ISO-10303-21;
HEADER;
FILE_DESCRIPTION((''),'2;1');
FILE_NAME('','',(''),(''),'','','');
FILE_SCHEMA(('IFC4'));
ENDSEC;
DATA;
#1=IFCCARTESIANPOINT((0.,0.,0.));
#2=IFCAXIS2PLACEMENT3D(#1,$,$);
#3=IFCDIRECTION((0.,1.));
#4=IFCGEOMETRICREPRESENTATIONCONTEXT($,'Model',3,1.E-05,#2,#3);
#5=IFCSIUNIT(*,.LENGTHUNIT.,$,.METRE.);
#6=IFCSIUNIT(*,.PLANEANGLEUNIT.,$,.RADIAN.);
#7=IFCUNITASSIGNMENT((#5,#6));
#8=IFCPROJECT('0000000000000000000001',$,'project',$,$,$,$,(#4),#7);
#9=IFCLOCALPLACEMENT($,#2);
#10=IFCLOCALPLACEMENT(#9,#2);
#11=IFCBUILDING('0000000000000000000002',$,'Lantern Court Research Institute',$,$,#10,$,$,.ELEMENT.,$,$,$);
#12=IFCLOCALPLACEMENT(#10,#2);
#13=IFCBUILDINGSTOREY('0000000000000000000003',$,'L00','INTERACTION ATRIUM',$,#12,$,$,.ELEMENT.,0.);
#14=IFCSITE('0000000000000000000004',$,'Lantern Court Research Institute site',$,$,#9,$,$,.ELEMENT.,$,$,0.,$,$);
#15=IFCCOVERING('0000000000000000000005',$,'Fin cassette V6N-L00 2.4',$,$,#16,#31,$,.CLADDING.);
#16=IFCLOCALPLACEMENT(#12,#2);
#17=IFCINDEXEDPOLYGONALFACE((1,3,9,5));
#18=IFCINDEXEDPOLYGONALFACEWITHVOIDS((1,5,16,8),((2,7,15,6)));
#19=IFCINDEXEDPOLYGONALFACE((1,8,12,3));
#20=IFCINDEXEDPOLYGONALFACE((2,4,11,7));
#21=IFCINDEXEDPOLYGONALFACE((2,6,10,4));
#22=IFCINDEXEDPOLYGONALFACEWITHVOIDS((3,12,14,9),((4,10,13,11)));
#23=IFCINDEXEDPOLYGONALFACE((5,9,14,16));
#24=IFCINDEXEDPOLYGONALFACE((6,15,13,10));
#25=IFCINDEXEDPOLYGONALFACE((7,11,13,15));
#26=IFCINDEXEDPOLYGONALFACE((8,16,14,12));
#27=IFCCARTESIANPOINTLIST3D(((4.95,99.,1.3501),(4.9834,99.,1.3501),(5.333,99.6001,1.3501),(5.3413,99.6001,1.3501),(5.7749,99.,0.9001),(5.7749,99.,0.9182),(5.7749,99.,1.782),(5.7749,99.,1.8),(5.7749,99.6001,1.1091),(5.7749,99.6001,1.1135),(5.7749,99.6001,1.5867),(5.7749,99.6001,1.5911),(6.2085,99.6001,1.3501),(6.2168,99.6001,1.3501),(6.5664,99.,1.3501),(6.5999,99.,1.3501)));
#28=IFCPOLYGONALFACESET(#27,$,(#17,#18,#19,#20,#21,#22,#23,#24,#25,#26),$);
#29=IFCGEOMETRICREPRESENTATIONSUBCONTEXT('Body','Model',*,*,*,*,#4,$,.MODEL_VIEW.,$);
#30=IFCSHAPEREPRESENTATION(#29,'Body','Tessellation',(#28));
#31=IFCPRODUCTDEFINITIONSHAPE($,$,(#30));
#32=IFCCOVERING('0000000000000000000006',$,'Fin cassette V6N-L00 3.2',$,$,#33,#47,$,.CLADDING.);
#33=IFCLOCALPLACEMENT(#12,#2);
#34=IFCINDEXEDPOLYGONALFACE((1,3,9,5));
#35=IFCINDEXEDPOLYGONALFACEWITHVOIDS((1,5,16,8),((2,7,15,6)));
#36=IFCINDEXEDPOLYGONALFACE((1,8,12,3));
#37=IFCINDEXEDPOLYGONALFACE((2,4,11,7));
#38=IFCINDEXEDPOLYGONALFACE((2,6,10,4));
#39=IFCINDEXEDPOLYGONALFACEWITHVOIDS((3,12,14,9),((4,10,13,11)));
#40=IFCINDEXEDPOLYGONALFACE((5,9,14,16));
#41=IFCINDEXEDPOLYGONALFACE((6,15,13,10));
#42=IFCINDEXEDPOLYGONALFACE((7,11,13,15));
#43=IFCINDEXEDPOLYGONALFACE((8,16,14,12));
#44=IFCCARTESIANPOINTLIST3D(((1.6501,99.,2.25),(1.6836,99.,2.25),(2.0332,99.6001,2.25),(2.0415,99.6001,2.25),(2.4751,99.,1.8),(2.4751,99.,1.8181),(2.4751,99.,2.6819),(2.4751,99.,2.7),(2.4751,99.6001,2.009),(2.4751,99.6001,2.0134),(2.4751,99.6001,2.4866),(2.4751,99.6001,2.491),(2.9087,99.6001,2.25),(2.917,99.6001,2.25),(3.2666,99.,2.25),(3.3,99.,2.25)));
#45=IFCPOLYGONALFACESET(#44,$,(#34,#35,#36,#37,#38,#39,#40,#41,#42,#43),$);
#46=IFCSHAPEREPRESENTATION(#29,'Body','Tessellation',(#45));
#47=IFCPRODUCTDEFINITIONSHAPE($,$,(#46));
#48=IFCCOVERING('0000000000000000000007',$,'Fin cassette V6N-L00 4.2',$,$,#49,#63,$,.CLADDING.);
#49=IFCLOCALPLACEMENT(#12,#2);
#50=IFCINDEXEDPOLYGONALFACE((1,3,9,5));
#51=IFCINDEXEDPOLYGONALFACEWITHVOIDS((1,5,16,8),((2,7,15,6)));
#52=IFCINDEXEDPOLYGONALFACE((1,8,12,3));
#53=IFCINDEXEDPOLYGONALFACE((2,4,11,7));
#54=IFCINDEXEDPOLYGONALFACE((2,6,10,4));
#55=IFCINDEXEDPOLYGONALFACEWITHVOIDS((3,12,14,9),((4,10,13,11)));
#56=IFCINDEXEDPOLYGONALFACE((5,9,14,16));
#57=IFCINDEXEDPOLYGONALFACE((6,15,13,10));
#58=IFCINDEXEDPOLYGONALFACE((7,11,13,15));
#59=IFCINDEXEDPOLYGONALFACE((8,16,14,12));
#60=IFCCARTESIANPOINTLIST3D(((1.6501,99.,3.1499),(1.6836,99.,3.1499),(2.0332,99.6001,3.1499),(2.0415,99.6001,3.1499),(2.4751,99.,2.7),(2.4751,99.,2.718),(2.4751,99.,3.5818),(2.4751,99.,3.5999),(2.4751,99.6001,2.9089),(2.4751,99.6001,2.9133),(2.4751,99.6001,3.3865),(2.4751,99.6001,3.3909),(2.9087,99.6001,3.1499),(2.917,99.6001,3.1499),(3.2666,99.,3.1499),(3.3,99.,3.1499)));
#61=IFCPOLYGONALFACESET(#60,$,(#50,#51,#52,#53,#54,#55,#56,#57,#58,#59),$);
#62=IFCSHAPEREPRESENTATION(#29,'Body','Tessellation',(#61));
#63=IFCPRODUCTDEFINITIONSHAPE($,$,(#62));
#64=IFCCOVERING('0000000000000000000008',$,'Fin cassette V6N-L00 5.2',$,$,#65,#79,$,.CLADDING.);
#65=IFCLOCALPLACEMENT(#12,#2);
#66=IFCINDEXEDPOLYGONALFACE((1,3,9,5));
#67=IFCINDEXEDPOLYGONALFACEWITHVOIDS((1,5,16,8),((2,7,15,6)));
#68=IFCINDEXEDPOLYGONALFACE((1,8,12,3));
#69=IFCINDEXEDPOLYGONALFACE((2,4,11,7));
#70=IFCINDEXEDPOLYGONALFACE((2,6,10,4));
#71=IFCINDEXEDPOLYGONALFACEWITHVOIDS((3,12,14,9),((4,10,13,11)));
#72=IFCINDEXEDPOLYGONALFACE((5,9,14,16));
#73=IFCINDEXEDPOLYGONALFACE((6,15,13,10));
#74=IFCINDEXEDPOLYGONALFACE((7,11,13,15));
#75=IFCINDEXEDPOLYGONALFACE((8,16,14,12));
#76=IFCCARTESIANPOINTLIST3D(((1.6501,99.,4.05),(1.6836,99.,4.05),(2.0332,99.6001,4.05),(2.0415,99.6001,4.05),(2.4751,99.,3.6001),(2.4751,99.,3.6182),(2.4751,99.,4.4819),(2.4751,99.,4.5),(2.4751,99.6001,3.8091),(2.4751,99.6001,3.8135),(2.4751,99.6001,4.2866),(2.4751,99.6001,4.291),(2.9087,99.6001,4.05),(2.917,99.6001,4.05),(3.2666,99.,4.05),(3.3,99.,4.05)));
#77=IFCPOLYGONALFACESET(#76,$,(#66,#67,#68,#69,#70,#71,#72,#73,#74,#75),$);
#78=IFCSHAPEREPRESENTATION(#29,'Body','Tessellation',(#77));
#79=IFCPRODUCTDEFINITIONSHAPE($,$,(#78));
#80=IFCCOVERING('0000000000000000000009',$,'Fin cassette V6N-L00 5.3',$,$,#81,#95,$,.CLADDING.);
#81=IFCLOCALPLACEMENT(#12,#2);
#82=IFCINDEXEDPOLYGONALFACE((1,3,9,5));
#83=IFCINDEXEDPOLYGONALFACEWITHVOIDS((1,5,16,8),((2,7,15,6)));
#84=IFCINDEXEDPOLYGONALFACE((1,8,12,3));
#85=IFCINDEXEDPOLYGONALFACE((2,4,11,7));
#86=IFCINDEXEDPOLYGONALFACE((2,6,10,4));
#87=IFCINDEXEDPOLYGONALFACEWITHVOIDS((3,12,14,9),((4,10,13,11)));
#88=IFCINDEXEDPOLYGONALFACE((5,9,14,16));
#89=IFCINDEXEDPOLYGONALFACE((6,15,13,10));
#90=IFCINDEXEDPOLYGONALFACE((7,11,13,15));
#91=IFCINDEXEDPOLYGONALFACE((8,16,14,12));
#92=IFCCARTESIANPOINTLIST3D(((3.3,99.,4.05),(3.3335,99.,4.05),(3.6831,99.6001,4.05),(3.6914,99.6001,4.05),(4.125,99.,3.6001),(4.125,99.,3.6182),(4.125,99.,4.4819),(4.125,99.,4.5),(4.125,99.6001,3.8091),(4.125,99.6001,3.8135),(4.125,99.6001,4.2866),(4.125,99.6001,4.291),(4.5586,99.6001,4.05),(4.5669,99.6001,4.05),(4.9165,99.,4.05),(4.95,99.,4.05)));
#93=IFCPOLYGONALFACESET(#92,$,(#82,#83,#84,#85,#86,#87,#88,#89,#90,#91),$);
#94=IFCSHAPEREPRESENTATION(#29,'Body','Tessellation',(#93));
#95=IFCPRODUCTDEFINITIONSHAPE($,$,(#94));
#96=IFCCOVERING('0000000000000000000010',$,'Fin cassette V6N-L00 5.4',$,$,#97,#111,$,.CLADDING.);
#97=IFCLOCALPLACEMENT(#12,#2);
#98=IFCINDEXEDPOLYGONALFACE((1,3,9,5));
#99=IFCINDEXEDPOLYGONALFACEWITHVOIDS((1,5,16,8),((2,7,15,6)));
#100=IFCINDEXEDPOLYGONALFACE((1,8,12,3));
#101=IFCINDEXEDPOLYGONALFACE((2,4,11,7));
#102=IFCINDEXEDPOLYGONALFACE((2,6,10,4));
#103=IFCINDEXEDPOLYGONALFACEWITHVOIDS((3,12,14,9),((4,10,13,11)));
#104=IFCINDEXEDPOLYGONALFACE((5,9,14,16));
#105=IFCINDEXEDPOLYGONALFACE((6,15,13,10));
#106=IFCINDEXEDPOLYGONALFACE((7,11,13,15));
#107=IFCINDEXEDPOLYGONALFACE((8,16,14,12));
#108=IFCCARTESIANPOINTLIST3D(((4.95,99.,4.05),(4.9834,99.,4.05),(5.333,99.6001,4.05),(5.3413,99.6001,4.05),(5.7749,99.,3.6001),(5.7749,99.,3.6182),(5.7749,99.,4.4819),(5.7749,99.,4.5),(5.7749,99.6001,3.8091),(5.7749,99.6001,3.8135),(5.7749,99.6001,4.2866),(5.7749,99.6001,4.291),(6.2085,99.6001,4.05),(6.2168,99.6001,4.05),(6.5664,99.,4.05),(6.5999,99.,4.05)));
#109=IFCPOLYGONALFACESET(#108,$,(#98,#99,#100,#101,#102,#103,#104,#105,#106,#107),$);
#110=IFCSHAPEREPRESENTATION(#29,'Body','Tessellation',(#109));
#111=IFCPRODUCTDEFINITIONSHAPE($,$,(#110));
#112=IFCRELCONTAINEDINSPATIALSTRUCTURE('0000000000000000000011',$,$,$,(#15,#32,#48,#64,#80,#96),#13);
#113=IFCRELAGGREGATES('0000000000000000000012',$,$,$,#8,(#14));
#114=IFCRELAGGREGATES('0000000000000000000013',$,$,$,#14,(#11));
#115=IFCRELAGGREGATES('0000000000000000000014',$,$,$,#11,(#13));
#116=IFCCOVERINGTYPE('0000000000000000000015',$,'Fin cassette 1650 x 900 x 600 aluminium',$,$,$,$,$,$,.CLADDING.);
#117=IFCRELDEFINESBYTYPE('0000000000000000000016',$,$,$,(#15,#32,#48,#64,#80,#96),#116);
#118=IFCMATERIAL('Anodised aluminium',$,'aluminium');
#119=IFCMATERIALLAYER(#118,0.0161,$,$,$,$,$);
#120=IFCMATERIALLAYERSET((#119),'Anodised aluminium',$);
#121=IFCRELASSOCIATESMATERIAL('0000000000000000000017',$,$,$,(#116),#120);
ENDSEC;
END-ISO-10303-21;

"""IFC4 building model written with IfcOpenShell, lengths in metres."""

from ifc_helpers import new_model, entity, si_unit, direction, frame, origin, place, context, subcontext, project, spatial, material, layer, layer_set, type_object, element, save


model = new_model("IFC4")

# Units and contexts
model_context = context("Model", 3, precision=1e-05, world=origin(), true_north=direction((0.0, 1.0)))
body_context = subcontext(model_context, "Body", "Model", "MODEL_VIEW")
ifc_project = project(units=[si_unit("LENGTHUNIT", "METRE"), si_unit("PLANEANGLEUNIT", "RADIAN")], contexts=[model_context])

# Site, building, storey
site_placement = place(None, origin())
site = spatial("IfcSite", under=ifc_project, at=site_placement, Name="Lantern Court Research Institute site", CompositionType="ELEMENT", RefElevation=0.0)
building_placement = place(site_placement, origin())
building = spatial("IfcBuilding", under=site, at=building_placement, Name="Lantern Court Research Institute", CompositionType="ELEMENT")
storey_placement = place(building_placement, origin())
storey = spatial("IfcBuildingStorey", under=building, at=storey_placement, Name="L00", Description="INTERACTION ATRIUM", CompositionType="ELEMENT", Elevation=0.0)

# Coverings
ifc_material_1 = material(Name="Anodised aluminium", Category="aluminium")
ifc_layer_1 = layer(ifc_material_1, 0.0161)
ifc_layer_set_1 = layer_set([ifc_layer_1], Name="Anodised aluminium")
covering_type_1 = type_object("IfcCoveringType", Name="Fin cassette 1650 x 900 x 600 aluminium", PredefinedType="CLADDING", material=ifc_layer_set_1)
covering_1_placement = place(storey_placement, frame((5.7749, 99.0, 1.3501), z_axis=(0.0, 1.0, 0.0), x_axis=(-1.0, 0.0, 0.0)))
cartesian_point_1 = entity("IfcCartesianPoint", [0.825, 0.0])
cartesian_point_2 = entity("IfcCartesianPoint", [0.7915, 0.0])
cartesian_point_3 = entity("IfcCartesianPoint", [0.4419, 0.0])
cartesian_point_4 = entity("IfcCartesianPoint", [0.4336, 0.0])
element("IfcCovering", 1, at=covering_1_placement, inside=storey, type_object=covering_type_1, Name="Fin cassette V6N-L00 2.4", PredefinedType="CLADDING", context=body_context, shape_type="SweptSolid", body=[
    entity("IfcExtrudedAreaSolidTapered", entity("IfcArbitraryProfileDefWithVoids", "AREA", None, entity("IfcPolyline", [cartesian_point_1, entity("IfcCartesianPoint", [0.0, 0.45]), entity("IfcCartesianPoint", [-0.825, 0.0]), entity("IfcCartesianPoint", [0.0, -0.45]), cartesian_point_1]), [entity("IfcPolyline", [cartesian_point_2, entity("IfcCartesianPoint", [0.0, 0.4319]), entity("IfcCartesianPoint", [-0.7915, 0.0]), entity("IfcCartesianPoint", [0.0, -0.4319]), cartesian_point_2])]), entity("IfcAxis2Placement3D", entity("IfcCartesianPoint", [0.0, 0.0, 0.0])), entity("IfcDirection", [0.0, 0.0, 1.0]), 0.6001, entity("IfcArbitraryProfileDefWithVoids", "AREA", None, entity("IfcPolyline", [cartesian_point_3, entity("IfcCartesianPoint", [0.0, 0.241]), entity("IfcCartesianPoint", [-0.4419, 0.0]), entity("IfcCartesianPoint", [0.0, -0.241]), cartesian_point_3]), [entity("IfcPolyline", [cartesian_point_4, entity("IfcCartesianPoint", [0.0, 0.2366]), entity("IfcCartesianPoint", [-0.4336, 0.0]), entity("IfcCartesianPoint", [0.0, -0.2366]), cartesian_point_4])])),
])
covering_2_placement = place(storey_placement, frame((2.4751, 99.0, 2.25), z_axis=(0.0, 1.0, 0.0), x_axis=(-1.0, 0.0, 0.0)))
cartesian_point_5 = entity("IfcCartesianPoint", [0.825, 0.0])
cartesian_point_6 = entity("IfcCartesianPoint", [0.7915, 0.0])
cartesian_point_7 = entity("IfcCartesianPoint", [0.4419, 0.0])
cartesian_point_8 = entity("IfcCartesianPoint", [0.4336, 0.0])
element("IfcCovering", 2, at=covering_2_placement, inside=storey, type_object=covering_type_1, Name="Fin cassette V6N-L00 3.2", PredefinedType="CLADDING", context=body_context, shape_type="SweptSolid", body=[
    entity("IfcExtrudedAreaSolidTapered", entity("IfcArbitraryProfileDefWithVoids", "AREA", None, entity("IfcPolyline", [cartesian_point_5, entity("IfcCartesianPoint", [0.0, 0.45]), entity("IfcCartesianPoint", [-0.825, 0.0]), entity("IfcCartesianPoint", [0.0, -0.45]), cartesian_point_5]), [entity("IfcPolyline", [cartesian_point_6, entity("IfcCartesianPoint", [0.0, 0.4319]), entity("IfcCartesianPoint", [-0.7915, 0.0]), entity("IfcCartesianPoint", [0.0, -0.4319]), cartesian_point_6])]), entity("IfcAxis2Placement3D", entity("IfcCartesianPoint", [0.0, 0.0, 0.0])), entity("IfcDirection", [0.0, 0.0, 1.0]), 0.6001, entity("IfcArbitraryProfileDefWithVoids", "AREA", None, entity("IfcPolyline", [cartesian_point_7, entity("IfcCartesianPoint", [0.0, 0.241]), entity("IfcCartesianPoint", [-0.4419, 0.0]), entity("IfcCartesianPoint", [0.0, -0.241]), cartesian_point_7]), [entity("IfcPolyline", [cartesian_point_8, entity("IfcCartesianPoint", [0.0, 0.2366]), entity("IfcCartesianPoint", [-0.4336, 0.0]), entity("IfcCartesianPoint", [0.0, -0.2366]), cartesian_point_8])])),
])
covering_3_placement = place(storey_placement, frame((2.4751, 99.0, 3.1499), z_axis=(0.0, 1.0, 0.0), x_axis=(-1.0, 0.0, 0.0)))
cartesian_point_9 = entity("IfcCartesianPoint", [0.825, 0.0])
cartesian_point_10 = entity("IfcCartesianPoint", [0.7915, 0.0])
cartesian_point_11 = entity("IfcCartesianPoint", [0.4419, 0.0])
cartesian_point_12 = entity("IfcCartesianPoint", [0.4336, 0.0])
element("IfcCovering", 3, at=covering_3_placement, inside=storey, type_object=covering_type_1, Name="Fin cassette V6N-L00 4.2", PredefinedType="CLADDING", context=body_context, shape_type="SweptSolid", body=[
    entity("IfcExtrudedAreaSolidTapered", entity("IfcArbitraryProfileDefWithVoids", "AREA", None, entity("IfcPolyline", [cartesian_point_9, entity("IfcCartesianPoint", [0.0, 0.45]), entity("IfcCartesianPoint", [-0.825, 0.0]), entity("IfcCartesianPoint", [0.0, -0.45]), cartesian_point_9]), [entity("IfcPolyline", [cartesian_point_10, entity("IfcCartesianPoint", [0.0, 0.4319]), entity("IfcCartesianPoint", [-0.7915, 0.0]), entity("IfcCartesianPoint", [0.0, -0.4319]), cartesian_point_10])]), entity("IfcAxis2Placement3D", entity("IfcCartesianPoint", [0.0, 0.0, 0.0])), entity("IfcDirection", [0.0, 0.0, 1.0]), 0.6001, entity("IfcArbitraryProfileDefWithVoids", "AREA", None, entity("IfcPolyline", [cartesian_point_11, entity("IfcCartesianPoint", [0.0, 0.241]), entity("IfcCartesianPoint", [-0.4419, 0.0]), entity("IfcCartesianPoint", [0.0, -0.241]), cartesian_point_11]), [entity("IfcPolyline", [cartesian_point_12, entity("IfcCartesianPoint", [0.0, 0.2366]), entity("IfcCartesianPoint", [-0.4336, 0.0]), entity("IfcCartesianPoint", [0.0, -0.2366]), cartesian_point_12])])),
])
covering_4_placement = place(storey_placement, frame((2.4751, 99.0, 4.05), z_axis=(0.0, 1.0, 0.0), x_axis=(-1.0, 0.0, 0.0)))
cartesian_point_13 = entity("IfcCartesianPoint", [0.825, 0.0])
cartesian_point_14 = entity("IfcCartesianPoint", [0.7915, 0.0])
cartesian_point_15 = entity("IfcCartesianPoint", [0.4419, 0.0])
cartesian_point_16 = entity("IfcCartesianPoint", [0.4336, 0.0])
element("IfcCovering", 4, at=covering_4_placement, inside=storey, type_object=covering_type_1, Name="Fin cassette V6N-L00 5.2", PredefinedType="CLADDING", context=body_context, shape_type="SweptSolid", body=[
    entity("IfcExtrudedAreaSolidTapered", entity("IfcArbitraryProfileDefWithVoids", "AREA", None, entity("IfcPolyline", [cartesian_point_13, entity("IfcCartesianPoint", [0.0, 0.45]), entity("IfcCartesianPoint", [-0.825, 0.0]), entity("IfcCartesianPoint", [0.0, -0.45]), cartesian_point_13]), [entity("IfcPolyline", [cartesian_point_14, entity("IfcCartesianPoint", [0.0, 0.4319]), entity("IfcCartesianPoint", [-0.7915, 0.0]), entity("IfcCartesianPoint", [0.0, -0.4319]), cartesian_point_14])]), entity("IfcAxis2Placement3D", entity("IfcCartesianPoint", [0.0, 0.0, 0.0])), entity("IfcDirection", [0.0, 0.0, 1.0]), 0.6001, entity("IfcArbitraryProfileDefWithVoids", "AREA", None, entity("IfcPolyline", [cartesian_point_15, entity("IfcCartesianPoint", [0.0, 0.241]), entity("IfcCartesianPoint", [-0.4419, 0.0]), entity("IfcCartesianPoint", [0.0, -0.241]), cartesian_point_15]), [entity("IfcPolyline", [cartesian_point_16, entity("IfcCartesianPoint", [0.0, 0.2366]), entity("IfcCartesianPoint", [-0.4336, 0.0]), entity("IfcCartesianPoint", [0.0, -0.2366]), cartesian_point_16])])),
])
covering_5_placement = place(storey_placement, frame((4.125, 99.0, 4.05), z_axis=(0.0, 1.0, 0.0), x_axis=(-1.0, 0.0, 0.0)))
cartesian_point_17 = entity("IfcCartesianPoint", [0.825, 0.0])
cartesian_point_18 = entity("IfcCartesianPoint", [0.7915, 0.0])
cartesian_point_19 = entity("IfcCartesianPoint", [0.4419, 0.0])
cartesian_point_20 = entity("IfcCartesianPoint", [0.4336, 0.0])
element("IfcCovering", 5, at=covering_5_placement, inside=storey, type_object=covering_type_1, Name="Fin cassette V6N-L00 5.3", PredefinedType="CLADDING", context=body_context, shape_type="SweptSolid", body=[
    entity("IfcExtrudedAreaSolidTapered", entity("IfcArbitraryProfileDefWithVoids", "AREA", None, entity("IfcPolyline", [cartesian_point_17, entity("IfcCartesianPoint", [0.0, 0.45]), entity("IfcCartesianPoint", [-0.825, 0.0]), entity("IfcCartesianPoint", [0.0, -0.45]), cartesian_point_17]), [entity("IfcPolyline", [cartesian_point_18, entity("IfcCartesianPoint", [0.0, 0.4319]), entity("IfcCartesianPoint", [-0.7915, 0.0]), entity("IfcCartesianPoint", [0.0, -0.4319]), cartesian_point_18])]), entity("IfcAxis2Placement3D", entity("IfcCartesianPoint", [0.0, 0.0, 0.0])), entity("IfcDirection", [0.0, 0.0, 1.0]), 0.6001, entity("IfcArbitraryProfileDefWithVoids", "AREA", None, entity("IfcPolyline", [cartesian_point_19, entity("IfcCartesianPoint", [0.0, 0.241]), entity("IfcCartesianPoint", [-0.4419, 0.0]), entity("IfcCartesianPoint", [0.0, -0.241]), cartesian_point_19]), [entity("IfcPolyline", [cartesian_point_20, entity("IfcCartesianPoint", [0.0, 0.2366]), entity("IfcCartesianPoint", [-0.4336, 0.0]), entity("IfcCartesianPoint", [0.0, -0.2366]), cartesian_point_20])])),
])
covering_6_placement = place(storey_placement, frame((5.7749, 99.0, 4.05), z_axis=(0.0, 1.0, 0.0), x_axis=(-1.0, 0.0, 0.0)))
cartesian_point_21 = entity("IfcCartesianPoint", [0.825, 0.0])
cartesian_point_22 = entity("IfcCartesianPoint", [0.7915, 0.0])
cartesian_point_23 = entity("IfcCartesianPoint", [0.4419, 0.0])
cartesian_point_24 = entity("IfcCartesianPoint", [0.4336, 0.0])
element("IfcCovering", 6, at=covering_6_placement, inside=storey, type_object=covering_type_1, Name="Fin cassette V6N-L00 5.4", PredefinedType="CLADDING", context=body_context, shape_type="SweptSolid", body=[
    entity("IfcExtrudedAreaSolidTapered", entity("IfcArbitraryProfileDefWithVoids", "AREA", None, entity("IfcPolyline", [cartesian_point_21, entity("IfcCartesianPoint", [0.0, 0.45]), entity("IfcCartesianPoint", [-0.825, 0.0]), entity("IfcCartesianPoint", [0.0, -0.45]), cartesian_point_21]), [entity("IfcPolyline", [cartesian_point_22, entity("IfcCartesianPoint", [0.0, 0.4319]), entity("IfcCartesianPoint", [-0.7915, 0.0]), entity("IfcCartesianPoint", [0.0, -0.4319]), cartesian_point_22])]), entity("IfcAxis2Placement3D", entity("IfcCartesianPoint", [0.0, 0.0, 0.0])), entity("IfcDirection", [0.0, 0.0, 1.0]), 0.6001, entity("IfcArbitraryProfileDefWithVoids", "AREA", None, entity("IfcPolyline", [cartesian_point_23, entity("IfcCartesianPoint", [0.0, 0.241]), entity("IfcCartesianPoint", [-0.4419, 0.0]), entity("IfcCartesianPoint", [0.0, -0.241]), cartesian_point_23]), [entity("IfcPolyline", [cartesian_point_24, entity("IfcCartesianPoint", [0.0, 0.2366]), entity("IfcCartesianPoint", [-0.4336, 0.0]), entity("IfcCartesianPoint", [0.0, -0.2366]), cartesian_point_24])])),
])

save(model, "model.ifc")
